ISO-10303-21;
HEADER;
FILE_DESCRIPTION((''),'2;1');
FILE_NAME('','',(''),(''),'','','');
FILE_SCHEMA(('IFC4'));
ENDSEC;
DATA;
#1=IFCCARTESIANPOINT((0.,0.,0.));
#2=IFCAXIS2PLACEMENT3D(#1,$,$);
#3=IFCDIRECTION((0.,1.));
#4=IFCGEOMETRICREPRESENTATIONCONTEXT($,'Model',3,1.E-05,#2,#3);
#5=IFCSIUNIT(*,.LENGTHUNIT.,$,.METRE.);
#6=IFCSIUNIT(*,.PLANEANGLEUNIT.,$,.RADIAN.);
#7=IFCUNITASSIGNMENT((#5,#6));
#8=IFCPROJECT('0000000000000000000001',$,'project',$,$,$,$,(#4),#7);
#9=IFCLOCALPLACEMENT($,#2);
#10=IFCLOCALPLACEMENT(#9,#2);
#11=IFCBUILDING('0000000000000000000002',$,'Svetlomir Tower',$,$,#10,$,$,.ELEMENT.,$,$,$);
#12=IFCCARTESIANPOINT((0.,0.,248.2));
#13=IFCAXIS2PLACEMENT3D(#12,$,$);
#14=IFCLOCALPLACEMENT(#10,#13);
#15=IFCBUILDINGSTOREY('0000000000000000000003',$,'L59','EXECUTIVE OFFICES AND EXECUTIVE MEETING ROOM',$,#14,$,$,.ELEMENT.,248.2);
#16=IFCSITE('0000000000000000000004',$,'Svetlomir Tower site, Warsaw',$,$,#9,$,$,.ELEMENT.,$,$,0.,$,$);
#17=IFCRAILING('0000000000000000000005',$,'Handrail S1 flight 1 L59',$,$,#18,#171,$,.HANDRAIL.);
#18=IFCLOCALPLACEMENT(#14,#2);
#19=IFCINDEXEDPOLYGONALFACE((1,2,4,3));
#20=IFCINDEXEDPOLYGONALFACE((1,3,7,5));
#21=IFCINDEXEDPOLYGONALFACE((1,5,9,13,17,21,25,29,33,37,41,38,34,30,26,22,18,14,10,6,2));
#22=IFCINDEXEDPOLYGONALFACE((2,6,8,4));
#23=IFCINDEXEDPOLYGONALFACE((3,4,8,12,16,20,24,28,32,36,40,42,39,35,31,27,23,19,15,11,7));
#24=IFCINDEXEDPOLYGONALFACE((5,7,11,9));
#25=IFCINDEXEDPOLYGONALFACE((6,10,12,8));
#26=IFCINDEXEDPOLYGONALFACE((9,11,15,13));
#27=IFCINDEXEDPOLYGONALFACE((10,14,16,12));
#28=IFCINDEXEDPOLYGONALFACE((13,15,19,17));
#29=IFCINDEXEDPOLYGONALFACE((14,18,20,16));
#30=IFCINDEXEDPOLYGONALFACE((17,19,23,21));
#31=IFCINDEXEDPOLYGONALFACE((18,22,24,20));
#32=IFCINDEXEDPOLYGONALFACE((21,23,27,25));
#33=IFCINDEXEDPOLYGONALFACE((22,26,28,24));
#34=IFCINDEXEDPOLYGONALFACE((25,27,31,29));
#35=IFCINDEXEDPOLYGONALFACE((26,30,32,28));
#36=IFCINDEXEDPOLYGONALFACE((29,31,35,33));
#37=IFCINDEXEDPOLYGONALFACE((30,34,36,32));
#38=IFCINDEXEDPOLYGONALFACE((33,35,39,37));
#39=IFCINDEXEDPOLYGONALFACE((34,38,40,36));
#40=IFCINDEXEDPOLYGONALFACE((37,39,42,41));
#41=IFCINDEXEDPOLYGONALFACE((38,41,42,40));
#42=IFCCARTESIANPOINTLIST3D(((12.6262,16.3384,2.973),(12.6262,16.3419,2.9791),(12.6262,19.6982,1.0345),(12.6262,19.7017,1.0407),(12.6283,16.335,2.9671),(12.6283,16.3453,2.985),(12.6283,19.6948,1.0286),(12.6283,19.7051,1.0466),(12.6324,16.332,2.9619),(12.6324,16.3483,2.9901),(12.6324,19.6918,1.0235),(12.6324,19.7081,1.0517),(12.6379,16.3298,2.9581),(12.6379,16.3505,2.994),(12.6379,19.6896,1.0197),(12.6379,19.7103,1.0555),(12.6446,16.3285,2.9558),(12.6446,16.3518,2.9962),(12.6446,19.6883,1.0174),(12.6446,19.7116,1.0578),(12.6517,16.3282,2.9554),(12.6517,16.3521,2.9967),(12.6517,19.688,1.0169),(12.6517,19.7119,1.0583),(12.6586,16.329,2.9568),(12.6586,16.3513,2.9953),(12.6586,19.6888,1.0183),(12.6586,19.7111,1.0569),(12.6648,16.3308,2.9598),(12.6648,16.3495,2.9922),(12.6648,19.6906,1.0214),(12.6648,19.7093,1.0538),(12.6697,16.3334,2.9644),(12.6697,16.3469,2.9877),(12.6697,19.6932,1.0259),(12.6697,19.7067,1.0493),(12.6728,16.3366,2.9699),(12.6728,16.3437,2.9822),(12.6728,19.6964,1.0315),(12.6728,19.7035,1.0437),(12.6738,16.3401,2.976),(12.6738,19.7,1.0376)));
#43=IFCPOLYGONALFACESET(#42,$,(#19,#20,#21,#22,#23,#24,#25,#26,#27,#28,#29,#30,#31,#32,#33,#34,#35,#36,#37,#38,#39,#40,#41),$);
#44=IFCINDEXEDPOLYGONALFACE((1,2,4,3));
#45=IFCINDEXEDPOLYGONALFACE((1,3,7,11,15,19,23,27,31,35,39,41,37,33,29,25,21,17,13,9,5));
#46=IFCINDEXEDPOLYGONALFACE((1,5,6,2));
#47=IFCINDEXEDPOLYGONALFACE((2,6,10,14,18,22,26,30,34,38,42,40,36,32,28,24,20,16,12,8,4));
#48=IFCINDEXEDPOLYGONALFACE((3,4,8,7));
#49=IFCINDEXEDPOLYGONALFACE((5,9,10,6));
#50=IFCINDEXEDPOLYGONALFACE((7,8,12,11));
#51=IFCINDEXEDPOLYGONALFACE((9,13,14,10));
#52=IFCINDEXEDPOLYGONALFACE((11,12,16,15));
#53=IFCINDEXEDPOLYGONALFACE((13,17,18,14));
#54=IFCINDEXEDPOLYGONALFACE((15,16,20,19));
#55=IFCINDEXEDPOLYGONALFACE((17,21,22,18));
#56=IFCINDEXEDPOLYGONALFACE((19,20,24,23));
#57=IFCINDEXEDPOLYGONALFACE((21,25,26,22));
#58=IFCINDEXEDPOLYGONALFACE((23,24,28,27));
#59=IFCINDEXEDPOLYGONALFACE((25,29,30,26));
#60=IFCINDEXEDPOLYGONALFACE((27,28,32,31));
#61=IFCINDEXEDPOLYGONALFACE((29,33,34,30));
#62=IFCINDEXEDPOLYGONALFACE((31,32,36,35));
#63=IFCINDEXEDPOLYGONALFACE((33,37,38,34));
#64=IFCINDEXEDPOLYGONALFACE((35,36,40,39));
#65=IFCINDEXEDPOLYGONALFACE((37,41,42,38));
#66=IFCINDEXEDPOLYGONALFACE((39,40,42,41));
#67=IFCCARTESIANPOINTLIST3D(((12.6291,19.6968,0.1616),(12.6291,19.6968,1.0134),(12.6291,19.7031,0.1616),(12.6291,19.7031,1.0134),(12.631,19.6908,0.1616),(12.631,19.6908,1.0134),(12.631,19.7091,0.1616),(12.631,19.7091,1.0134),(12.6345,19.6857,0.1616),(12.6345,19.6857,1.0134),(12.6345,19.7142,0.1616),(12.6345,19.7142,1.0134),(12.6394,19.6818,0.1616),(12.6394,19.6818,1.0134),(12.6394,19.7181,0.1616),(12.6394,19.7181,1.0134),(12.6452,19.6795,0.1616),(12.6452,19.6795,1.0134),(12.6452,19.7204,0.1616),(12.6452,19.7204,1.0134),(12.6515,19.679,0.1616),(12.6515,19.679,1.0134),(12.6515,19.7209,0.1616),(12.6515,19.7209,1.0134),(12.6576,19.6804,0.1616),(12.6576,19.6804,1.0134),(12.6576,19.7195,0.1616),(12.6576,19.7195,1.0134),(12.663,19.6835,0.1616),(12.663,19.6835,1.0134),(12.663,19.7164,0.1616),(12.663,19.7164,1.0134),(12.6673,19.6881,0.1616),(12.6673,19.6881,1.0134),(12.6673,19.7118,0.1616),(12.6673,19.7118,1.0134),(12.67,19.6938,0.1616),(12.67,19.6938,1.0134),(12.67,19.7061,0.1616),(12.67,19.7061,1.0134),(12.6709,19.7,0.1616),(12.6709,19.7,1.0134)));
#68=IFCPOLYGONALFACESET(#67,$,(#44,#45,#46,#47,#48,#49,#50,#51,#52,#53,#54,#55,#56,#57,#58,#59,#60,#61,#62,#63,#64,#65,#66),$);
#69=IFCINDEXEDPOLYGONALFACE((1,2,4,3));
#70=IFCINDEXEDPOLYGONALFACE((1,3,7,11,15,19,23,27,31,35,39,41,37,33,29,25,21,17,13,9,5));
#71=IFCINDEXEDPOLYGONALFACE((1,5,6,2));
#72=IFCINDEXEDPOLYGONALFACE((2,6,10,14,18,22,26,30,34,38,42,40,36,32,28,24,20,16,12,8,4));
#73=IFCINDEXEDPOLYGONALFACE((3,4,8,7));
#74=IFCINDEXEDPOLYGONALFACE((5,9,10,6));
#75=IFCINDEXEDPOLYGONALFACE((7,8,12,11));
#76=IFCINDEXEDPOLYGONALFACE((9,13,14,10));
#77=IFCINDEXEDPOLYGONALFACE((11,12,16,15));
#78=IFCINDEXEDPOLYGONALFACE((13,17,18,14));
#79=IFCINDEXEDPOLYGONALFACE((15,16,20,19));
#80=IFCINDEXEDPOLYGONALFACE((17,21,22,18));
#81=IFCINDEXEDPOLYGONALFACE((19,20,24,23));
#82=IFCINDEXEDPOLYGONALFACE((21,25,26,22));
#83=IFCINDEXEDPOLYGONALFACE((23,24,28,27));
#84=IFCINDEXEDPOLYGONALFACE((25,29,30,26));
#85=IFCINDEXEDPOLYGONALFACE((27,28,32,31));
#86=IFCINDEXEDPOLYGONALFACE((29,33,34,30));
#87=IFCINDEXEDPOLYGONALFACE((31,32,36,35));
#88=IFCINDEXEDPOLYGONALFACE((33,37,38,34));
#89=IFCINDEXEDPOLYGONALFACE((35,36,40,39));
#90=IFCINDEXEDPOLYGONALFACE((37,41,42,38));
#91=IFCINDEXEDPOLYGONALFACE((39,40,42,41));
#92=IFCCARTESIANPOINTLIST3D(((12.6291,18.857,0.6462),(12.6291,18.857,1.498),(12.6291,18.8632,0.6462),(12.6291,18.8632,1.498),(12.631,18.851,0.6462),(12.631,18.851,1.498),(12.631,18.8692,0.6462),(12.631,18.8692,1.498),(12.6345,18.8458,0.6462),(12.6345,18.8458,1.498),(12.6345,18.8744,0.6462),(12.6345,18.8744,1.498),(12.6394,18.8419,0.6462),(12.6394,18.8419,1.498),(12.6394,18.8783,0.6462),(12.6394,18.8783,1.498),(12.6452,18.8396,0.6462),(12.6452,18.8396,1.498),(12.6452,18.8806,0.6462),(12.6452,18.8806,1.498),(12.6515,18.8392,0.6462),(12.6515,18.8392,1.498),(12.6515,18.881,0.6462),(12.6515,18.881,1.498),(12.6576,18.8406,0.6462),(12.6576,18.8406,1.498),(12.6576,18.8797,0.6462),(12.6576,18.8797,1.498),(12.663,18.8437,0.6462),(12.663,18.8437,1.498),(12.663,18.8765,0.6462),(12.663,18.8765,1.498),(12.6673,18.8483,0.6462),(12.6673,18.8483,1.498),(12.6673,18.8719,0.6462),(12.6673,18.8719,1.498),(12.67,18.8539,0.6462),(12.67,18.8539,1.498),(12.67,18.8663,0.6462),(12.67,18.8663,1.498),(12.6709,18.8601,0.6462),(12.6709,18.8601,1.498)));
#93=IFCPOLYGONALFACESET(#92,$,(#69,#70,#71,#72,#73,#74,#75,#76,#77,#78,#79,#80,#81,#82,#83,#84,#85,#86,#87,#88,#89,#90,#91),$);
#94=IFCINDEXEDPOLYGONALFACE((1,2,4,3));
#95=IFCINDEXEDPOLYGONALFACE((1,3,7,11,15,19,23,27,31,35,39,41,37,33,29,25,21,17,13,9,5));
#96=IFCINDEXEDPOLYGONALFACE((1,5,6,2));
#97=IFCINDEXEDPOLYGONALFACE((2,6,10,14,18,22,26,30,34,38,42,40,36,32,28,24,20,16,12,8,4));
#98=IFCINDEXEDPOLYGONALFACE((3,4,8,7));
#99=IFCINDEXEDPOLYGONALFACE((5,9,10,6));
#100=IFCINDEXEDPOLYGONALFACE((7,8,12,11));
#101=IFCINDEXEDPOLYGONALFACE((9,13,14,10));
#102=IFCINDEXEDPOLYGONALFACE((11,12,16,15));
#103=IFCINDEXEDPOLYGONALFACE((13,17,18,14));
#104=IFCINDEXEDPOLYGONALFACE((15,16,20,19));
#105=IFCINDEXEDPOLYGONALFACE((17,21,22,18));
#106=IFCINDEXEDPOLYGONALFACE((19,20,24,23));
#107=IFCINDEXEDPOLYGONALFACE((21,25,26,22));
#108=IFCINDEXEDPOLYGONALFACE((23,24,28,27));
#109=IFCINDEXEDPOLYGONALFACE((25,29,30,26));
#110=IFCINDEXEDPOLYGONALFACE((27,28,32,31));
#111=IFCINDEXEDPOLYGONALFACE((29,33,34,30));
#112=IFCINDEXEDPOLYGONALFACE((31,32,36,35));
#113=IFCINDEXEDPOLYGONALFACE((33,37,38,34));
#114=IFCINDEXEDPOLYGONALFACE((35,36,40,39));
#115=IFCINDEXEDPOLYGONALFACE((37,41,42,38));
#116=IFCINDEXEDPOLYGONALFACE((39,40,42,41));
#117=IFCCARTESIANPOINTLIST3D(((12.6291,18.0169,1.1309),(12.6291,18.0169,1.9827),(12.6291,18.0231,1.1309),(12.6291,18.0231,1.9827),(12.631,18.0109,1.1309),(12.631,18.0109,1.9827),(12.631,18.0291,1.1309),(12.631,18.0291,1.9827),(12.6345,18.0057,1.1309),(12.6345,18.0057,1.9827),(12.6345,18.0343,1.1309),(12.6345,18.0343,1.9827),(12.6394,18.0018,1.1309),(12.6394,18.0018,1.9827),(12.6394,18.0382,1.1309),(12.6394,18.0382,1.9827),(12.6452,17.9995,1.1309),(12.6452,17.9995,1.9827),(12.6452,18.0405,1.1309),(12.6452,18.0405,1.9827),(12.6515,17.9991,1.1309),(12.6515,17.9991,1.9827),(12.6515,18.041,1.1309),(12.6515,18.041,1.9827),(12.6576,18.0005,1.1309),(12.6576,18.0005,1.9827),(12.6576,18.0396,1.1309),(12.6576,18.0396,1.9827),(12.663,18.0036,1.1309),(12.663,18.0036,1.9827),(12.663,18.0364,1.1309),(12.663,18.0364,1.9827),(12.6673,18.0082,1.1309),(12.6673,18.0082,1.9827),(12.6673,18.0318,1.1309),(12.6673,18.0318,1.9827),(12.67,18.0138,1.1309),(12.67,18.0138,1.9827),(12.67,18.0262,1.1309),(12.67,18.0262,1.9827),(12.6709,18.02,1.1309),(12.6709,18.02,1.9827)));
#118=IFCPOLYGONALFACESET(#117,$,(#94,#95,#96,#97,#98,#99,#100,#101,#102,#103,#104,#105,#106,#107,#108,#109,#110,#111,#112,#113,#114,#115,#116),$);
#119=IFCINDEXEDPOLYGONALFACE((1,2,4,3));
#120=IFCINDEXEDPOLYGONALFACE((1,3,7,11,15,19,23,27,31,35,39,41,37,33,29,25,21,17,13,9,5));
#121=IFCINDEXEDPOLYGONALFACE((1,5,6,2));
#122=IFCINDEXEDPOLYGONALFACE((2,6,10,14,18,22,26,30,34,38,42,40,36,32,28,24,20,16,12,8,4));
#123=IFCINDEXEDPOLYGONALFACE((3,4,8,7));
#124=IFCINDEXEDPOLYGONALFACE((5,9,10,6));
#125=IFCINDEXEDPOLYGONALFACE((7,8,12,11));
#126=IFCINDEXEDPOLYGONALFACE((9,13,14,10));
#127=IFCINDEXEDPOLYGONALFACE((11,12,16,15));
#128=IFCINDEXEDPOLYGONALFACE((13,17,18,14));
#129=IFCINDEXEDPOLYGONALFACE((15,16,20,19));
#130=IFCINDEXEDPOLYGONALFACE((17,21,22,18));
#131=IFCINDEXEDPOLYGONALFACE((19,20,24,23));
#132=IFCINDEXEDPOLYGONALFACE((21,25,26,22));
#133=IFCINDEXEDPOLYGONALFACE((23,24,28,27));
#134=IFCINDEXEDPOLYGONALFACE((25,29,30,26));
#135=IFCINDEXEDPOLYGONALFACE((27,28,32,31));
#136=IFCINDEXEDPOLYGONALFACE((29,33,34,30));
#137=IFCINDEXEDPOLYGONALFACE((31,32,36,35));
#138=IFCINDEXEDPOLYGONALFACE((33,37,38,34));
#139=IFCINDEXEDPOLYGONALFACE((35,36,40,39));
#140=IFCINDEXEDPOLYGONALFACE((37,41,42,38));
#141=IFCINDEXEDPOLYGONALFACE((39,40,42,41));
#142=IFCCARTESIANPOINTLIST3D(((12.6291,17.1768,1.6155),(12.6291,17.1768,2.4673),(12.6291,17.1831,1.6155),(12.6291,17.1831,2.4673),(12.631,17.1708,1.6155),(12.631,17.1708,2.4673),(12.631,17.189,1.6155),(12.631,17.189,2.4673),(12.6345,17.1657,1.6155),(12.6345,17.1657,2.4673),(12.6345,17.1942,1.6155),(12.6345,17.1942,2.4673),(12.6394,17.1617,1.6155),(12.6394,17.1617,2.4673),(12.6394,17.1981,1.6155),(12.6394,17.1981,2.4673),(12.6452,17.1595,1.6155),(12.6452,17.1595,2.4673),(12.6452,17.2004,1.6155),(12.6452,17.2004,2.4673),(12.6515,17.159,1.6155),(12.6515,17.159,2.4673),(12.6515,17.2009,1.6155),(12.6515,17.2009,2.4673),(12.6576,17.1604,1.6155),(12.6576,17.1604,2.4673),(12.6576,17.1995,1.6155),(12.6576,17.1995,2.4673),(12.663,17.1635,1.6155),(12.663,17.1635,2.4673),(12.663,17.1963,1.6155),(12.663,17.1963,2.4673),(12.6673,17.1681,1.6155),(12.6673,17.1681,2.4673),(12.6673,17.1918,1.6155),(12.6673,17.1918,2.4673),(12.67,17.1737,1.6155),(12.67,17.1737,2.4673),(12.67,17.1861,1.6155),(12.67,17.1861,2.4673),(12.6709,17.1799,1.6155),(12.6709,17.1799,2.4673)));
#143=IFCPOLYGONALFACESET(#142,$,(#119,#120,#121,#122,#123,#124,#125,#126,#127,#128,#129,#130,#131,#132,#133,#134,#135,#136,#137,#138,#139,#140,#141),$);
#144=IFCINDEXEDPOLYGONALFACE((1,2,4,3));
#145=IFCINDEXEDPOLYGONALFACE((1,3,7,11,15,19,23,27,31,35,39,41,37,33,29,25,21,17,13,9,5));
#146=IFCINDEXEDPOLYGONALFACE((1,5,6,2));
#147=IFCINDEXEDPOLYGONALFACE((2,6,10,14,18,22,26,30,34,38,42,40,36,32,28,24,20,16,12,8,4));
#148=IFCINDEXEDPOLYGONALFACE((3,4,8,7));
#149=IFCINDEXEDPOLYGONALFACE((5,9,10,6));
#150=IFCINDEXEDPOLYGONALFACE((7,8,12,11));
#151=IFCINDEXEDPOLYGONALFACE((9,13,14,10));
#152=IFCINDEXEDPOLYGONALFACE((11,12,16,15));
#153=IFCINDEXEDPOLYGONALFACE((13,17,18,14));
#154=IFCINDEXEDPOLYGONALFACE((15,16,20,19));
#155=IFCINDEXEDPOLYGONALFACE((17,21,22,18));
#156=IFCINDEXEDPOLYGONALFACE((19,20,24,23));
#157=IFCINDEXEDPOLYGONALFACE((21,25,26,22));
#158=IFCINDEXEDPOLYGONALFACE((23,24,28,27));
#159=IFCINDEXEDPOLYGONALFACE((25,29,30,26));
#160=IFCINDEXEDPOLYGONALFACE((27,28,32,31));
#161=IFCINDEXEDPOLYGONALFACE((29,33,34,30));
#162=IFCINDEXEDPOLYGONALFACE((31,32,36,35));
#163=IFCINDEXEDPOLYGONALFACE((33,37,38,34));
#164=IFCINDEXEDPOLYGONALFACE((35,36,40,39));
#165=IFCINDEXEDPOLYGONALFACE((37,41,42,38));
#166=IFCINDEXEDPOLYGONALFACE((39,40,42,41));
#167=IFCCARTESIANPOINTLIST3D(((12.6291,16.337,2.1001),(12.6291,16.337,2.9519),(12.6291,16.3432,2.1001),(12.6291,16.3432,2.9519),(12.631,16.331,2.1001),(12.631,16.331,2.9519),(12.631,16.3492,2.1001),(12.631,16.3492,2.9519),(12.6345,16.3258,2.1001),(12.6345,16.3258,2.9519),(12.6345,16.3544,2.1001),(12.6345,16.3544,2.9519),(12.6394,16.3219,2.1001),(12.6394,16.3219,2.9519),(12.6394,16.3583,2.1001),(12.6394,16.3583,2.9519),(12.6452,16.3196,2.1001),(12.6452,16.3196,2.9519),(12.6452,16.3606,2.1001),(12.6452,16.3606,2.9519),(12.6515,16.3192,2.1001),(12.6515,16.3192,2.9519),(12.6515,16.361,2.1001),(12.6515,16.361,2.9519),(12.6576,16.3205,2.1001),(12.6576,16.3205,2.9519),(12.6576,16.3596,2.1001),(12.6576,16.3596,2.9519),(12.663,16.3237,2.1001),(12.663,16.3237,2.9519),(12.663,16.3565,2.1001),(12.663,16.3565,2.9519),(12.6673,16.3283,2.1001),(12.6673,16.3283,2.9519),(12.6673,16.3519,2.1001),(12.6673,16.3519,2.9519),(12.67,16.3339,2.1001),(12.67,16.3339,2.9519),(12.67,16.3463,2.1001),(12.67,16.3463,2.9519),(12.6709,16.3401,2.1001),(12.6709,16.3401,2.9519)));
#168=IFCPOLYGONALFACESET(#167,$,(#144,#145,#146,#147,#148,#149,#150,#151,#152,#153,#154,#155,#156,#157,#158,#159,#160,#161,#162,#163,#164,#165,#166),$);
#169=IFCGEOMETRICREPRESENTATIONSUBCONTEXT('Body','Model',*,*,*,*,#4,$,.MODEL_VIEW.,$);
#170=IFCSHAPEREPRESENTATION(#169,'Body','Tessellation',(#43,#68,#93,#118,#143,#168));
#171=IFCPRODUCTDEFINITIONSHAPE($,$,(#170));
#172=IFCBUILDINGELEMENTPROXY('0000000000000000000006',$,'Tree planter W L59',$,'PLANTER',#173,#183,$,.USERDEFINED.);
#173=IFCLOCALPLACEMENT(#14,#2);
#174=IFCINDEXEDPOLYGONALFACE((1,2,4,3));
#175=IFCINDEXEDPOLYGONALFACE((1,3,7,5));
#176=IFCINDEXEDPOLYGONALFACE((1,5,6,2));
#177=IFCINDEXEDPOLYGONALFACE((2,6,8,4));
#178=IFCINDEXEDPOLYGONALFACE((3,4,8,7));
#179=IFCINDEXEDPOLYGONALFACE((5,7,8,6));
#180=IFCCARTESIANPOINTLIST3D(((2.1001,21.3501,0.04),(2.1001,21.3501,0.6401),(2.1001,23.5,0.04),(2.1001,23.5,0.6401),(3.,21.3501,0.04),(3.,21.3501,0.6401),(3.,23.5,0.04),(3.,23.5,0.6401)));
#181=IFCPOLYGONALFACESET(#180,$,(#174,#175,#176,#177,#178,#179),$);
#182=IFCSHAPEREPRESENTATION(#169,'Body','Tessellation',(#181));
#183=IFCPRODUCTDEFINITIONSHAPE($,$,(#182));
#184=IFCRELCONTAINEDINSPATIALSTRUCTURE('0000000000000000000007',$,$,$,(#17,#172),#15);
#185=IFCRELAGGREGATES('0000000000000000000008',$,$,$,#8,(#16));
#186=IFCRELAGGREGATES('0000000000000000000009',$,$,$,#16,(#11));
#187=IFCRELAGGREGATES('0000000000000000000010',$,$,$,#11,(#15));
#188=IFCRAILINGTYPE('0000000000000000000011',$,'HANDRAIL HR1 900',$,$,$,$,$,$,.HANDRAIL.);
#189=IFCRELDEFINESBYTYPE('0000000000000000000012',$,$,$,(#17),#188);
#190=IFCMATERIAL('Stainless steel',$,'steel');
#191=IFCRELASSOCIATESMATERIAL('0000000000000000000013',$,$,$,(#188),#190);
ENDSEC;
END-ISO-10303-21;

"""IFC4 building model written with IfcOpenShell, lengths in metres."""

from ifc_helpers import new_model, si_unit, direction, frame, origin, origin_2d, place, context, subcontext, project, spatial, rectangle, circle, extrude, material, type_object, element, save


model = new_model("IFC4")

# Units and contexts
model_context = context("Model", 3, precision=1e-05, world=origin(), true_north=direction((0.0, 1.0)))
body_context = subcontext(model_context, "Body", "Model", "MODEL_VIEW")
ifc_project = project(units=[si_unit("LENGTHUNIT", "METRE"), si_unit("PLANEANGLEUNIT", "RADIAN")], contexts=[model_context])

# Site, building, storey
site_placement = place(None, origin())
site = spatial("IfcSite", under=ifc_project, at=site_placement, Name="Svetlomir Tower site, Warsaw", CompositionType="ELEMENT", RefElevation=0.0)
building_placement = place(site_placement, origin())
building = spatial("IfcBuilding", under=site, at=building_placement, Name="Svetlomir Tower", CompositionType="ELEMENT")
storey_placement = place(building_placement, frame((0.0, 0.0, 248.2)))
storey = spatial("IfcBuildingStorey", under=building, at=storey_placement, Name="L59", Description="EXECUTIVE OFFICES AND EXECUTIVE MEETING ROOM", CompositionType="ELEMENT", Elevation=248.2)

# Railing
ifc_material_1 = material(Name="Stainless steel", Category="steel")
railing_type_1 = type_object("IfcRailingType", Name="HANDRAIL HR1 900", PredefinedType="HANDRAIL", material=ifc_material_1)
railing_placement = place(storey_placement, frame((12.6499, 19.7, 0.1616)))
element("IfcRailing", 1, at=railing_placement, inside=storey, type_object=railing_type_1, Name="Handrail S1 flight 1 L59", PredefinedType="HANDRAIL", context=body_context, shape_type="SweptSolid", body=[
    extrude(circle(Radius=0.0239, at=origin_2d()), frame((0.0, 0.0, 0.876), z_axis=(0.0, -0.866175, 0.499741), x_axis=(1.0, 0.0, 0.0)), (0.0, 0.0, 1.0), 3.8789),
    extrude(circle(Radius=0.021, at=origin_2d()), origin(), (0.0, 0.0, 1.0), 0.8518),
    extrude(circle(Radius=0.021, at=origin_2d()), frame((0.0, -0.8398, 0.4846)), (0.0, 0.0, 1.0), 0.8518),
    extrude(circle(Radius=0.021, at=origin_2d()), frame((0.0, -1.6799, 0.9692)), (0.0, 0.0, 1.0), 0.8518),
    extrude(circle(Radius=0.021, at=origin_2d()), frame((0.0, -2.52, 1.4539)), (0.0, 0.0, 1.0), 0.8518),
    extrude(circle(Radius=0.021, at=origin_2d()), frame((0.0, -3.3599, 1.9385)), (0.0, 0.0, 1.0), 0.8518),
])

# Building element proxy
proxy_placement = place(storey_placement, frame((2.55, 22.425, 0.04), z_axis=(0.0, 0.0, 1.0), x_axis=(1.0, 0.0, 0.0)))
element("IfcBuildingElementProxy", 2, at=proxy_placement, inside=storey, Name="Tree planter W L59", ObjectType="PLANTER", PredefinedType="USERDEFINED", context=body_context, shape_type="SweptSolid", body=[
    extrude(rectangle(XDim=0.8999, YDim=2.1499, at=origin_2d()), origin(), (0.0, 0.0, 1.0), 0.6001),
])

save(model, "model.ifc")
